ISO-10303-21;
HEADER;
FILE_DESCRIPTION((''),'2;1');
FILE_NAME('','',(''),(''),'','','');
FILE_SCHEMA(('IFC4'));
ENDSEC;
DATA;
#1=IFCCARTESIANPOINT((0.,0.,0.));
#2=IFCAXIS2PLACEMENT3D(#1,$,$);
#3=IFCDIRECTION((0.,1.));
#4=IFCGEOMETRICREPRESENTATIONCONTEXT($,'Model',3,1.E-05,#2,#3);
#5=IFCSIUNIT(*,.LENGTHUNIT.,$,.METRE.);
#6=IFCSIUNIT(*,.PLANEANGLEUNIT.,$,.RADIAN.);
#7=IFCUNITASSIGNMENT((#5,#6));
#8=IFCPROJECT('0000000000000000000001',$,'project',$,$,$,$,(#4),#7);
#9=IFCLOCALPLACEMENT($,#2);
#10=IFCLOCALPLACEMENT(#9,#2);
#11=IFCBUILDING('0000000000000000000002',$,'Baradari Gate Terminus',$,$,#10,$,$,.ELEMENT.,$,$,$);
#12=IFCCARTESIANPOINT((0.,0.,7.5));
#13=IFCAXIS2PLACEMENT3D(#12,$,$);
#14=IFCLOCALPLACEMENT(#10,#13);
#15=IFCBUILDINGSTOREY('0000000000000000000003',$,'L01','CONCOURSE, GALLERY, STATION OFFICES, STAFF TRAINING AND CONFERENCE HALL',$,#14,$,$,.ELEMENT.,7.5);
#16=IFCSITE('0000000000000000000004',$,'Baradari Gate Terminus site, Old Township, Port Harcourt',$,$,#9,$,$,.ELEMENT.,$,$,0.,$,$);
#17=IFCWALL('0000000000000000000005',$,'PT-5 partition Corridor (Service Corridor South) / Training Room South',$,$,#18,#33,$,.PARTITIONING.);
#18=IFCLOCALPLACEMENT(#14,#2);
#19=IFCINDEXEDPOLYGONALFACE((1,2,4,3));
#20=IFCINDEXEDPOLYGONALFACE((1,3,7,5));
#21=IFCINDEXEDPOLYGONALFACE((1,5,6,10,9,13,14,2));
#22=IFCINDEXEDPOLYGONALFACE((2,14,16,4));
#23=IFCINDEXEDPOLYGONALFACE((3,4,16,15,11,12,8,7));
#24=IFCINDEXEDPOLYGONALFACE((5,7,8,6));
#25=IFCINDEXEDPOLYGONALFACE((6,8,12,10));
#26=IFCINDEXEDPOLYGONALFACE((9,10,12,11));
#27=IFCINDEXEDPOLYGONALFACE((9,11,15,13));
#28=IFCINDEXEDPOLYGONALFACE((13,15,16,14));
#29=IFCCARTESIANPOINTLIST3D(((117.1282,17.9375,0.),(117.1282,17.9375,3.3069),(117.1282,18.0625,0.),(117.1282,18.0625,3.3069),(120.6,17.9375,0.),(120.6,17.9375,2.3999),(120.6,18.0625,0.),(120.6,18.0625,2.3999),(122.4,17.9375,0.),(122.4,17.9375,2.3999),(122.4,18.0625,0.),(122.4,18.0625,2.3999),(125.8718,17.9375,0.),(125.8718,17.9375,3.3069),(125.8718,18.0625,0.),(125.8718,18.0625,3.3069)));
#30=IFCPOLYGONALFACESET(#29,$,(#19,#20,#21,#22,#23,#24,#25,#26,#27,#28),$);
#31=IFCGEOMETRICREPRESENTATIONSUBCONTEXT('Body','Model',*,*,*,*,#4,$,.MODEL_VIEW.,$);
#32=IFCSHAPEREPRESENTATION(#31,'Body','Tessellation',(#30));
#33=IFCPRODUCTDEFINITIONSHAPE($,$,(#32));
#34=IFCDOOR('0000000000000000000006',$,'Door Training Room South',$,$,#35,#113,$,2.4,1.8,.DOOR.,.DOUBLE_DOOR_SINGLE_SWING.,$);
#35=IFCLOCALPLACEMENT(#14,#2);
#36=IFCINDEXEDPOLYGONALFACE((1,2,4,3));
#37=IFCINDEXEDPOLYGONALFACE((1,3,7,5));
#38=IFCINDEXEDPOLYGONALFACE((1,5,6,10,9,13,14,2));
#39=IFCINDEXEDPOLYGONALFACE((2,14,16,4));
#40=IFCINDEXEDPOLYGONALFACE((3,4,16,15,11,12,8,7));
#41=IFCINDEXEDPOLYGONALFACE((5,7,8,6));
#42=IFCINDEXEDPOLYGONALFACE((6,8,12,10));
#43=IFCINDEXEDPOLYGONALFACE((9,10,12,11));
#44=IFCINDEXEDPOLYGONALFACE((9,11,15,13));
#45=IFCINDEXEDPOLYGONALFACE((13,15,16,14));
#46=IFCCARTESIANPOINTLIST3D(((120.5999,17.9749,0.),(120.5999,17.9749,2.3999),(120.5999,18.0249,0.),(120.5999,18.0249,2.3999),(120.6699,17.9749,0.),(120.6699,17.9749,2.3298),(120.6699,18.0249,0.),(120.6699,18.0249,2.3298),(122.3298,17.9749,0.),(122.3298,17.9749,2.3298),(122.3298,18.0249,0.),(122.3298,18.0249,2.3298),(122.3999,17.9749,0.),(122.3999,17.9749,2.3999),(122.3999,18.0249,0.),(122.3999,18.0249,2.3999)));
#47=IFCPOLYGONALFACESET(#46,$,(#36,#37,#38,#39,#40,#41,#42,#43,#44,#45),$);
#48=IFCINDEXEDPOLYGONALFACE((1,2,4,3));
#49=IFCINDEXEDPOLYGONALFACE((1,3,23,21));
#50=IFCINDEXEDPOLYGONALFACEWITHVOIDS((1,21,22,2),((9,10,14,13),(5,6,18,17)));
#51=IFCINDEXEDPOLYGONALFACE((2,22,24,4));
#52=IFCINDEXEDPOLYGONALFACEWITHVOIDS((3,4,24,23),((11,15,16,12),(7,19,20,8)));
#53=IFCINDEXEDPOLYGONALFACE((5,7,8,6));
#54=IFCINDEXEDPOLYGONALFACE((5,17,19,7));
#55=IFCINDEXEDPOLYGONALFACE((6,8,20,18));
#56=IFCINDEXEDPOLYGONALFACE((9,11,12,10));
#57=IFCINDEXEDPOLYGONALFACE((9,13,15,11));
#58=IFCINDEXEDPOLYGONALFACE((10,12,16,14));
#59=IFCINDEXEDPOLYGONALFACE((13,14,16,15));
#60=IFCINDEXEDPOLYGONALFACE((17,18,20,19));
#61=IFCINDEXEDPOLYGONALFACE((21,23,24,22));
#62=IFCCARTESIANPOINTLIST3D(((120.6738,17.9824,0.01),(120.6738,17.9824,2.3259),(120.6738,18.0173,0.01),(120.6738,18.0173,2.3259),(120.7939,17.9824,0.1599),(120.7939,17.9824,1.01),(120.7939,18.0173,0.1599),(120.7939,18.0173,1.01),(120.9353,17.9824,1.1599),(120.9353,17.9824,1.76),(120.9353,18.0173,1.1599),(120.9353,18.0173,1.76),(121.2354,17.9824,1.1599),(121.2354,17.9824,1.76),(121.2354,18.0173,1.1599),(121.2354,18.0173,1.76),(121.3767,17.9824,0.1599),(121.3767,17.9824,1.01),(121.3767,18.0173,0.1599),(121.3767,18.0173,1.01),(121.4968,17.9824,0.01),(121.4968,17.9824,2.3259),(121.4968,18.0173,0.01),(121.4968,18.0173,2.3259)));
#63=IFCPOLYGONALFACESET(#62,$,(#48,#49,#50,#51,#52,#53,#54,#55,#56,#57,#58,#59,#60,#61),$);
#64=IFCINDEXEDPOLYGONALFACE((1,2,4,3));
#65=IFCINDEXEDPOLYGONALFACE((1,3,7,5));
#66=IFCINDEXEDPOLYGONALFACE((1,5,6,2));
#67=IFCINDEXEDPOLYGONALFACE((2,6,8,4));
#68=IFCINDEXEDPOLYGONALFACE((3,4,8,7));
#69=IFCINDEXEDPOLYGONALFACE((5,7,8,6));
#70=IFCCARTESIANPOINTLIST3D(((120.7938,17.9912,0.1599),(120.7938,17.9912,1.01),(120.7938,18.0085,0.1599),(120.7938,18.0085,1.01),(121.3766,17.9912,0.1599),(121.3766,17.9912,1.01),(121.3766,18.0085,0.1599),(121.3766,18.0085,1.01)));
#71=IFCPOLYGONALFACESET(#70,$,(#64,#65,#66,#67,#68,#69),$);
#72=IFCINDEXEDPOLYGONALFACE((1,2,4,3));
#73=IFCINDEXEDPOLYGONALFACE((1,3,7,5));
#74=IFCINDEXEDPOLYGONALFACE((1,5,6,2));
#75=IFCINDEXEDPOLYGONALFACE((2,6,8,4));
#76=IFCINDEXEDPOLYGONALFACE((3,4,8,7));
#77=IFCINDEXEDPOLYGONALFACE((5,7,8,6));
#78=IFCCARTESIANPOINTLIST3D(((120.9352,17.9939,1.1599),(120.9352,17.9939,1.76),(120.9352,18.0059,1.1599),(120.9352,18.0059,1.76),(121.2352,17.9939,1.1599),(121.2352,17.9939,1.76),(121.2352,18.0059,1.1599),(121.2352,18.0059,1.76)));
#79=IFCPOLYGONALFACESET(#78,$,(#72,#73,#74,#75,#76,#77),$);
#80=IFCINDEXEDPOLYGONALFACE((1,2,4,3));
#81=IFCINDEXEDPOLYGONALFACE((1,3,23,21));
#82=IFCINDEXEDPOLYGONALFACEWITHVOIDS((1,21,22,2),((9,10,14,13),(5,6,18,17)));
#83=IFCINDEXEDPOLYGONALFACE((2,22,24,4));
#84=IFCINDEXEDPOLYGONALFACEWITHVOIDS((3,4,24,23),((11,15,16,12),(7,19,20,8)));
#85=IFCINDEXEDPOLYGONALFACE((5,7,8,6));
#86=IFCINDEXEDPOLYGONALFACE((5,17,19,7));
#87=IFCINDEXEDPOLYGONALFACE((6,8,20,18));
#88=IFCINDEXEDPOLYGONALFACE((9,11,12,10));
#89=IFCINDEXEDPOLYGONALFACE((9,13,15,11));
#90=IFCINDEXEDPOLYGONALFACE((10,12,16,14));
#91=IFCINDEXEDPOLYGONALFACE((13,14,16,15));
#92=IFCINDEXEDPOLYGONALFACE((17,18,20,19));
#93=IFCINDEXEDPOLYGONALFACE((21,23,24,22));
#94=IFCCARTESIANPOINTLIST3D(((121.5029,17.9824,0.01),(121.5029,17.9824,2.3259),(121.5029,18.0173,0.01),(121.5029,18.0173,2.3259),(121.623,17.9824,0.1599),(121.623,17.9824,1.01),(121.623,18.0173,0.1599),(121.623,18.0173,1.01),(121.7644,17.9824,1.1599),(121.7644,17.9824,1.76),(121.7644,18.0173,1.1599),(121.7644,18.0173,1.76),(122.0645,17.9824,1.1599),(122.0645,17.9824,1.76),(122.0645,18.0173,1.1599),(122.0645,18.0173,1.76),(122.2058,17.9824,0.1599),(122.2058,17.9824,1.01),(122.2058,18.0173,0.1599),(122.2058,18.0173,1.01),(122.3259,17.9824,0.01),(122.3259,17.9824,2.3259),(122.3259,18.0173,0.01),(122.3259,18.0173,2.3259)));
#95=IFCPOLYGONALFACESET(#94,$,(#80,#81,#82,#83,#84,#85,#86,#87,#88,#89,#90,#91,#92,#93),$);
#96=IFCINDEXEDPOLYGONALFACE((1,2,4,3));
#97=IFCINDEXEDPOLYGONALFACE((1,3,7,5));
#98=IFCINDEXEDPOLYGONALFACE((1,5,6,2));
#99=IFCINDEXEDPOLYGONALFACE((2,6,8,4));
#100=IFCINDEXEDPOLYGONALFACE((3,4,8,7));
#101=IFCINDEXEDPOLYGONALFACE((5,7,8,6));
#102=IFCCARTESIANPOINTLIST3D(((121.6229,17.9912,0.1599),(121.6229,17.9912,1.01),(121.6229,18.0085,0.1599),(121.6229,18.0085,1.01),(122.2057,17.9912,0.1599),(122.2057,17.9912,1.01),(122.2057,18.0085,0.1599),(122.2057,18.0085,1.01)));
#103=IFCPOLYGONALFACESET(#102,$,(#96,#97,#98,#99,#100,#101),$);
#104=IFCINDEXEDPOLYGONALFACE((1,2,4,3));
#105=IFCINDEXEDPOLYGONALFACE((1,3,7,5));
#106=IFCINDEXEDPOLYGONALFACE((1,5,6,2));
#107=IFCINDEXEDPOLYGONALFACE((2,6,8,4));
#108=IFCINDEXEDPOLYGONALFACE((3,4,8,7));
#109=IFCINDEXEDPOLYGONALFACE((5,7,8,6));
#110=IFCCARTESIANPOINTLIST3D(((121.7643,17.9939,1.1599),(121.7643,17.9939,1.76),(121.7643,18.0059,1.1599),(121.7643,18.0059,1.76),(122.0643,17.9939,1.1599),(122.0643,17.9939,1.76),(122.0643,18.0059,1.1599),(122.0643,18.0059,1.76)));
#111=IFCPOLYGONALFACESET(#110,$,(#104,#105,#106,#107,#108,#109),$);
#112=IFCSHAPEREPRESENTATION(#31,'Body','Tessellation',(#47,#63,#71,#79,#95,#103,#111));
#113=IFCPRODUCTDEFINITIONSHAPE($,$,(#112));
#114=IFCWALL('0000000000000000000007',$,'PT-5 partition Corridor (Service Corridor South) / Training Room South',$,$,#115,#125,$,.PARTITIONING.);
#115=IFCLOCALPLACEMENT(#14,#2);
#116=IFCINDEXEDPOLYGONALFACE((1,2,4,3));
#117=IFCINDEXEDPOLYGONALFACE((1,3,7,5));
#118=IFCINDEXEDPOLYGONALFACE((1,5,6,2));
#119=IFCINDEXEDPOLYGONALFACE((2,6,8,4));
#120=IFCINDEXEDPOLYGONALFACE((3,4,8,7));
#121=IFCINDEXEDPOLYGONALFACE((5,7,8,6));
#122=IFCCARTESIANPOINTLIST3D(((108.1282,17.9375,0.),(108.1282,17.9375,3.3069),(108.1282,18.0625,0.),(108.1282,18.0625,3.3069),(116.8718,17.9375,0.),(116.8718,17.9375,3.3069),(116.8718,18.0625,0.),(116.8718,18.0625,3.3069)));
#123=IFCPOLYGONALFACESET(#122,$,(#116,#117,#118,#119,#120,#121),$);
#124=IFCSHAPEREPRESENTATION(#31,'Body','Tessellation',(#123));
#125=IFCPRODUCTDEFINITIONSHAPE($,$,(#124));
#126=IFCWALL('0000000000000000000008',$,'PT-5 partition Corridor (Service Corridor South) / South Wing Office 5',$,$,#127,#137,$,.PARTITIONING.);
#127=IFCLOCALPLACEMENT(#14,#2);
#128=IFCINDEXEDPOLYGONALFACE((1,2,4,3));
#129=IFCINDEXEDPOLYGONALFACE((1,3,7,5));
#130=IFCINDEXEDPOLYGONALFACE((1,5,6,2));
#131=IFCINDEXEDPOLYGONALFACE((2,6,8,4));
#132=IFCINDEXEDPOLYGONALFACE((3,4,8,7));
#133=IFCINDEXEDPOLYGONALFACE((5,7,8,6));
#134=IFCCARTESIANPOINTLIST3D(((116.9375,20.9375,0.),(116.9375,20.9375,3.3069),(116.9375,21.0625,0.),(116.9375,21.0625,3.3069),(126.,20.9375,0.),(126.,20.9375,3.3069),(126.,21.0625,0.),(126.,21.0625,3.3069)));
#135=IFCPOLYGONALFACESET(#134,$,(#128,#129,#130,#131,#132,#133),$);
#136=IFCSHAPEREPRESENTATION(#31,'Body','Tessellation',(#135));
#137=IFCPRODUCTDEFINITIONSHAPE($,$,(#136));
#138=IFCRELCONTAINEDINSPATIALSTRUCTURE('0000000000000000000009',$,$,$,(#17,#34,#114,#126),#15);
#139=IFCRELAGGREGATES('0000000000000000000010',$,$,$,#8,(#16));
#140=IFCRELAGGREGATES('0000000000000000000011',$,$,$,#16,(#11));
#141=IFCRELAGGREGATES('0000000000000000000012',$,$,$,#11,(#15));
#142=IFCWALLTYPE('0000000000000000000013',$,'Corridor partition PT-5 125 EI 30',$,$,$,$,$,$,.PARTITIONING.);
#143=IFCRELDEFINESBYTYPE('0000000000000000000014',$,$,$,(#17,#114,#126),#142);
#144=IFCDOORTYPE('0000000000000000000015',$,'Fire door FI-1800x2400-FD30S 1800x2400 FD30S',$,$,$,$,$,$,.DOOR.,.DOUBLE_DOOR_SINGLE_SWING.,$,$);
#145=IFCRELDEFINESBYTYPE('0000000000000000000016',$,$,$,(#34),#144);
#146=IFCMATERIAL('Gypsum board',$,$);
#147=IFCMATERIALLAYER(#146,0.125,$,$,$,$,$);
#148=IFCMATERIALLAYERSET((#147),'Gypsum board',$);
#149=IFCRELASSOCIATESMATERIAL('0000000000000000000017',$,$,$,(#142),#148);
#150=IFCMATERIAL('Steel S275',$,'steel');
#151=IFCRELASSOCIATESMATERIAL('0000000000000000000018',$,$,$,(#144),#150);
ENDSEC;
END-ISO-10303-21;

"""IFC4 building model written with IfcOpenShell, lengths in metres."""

from ifc_helpers import new_model, si_unit, direction, frame, frame_2d, origin, place, context, subcontext, project, spatial, polyline, rectangle, outline, extrude, material, layer, layer_set, type_object, element, fill, save


model = new_model("IFC4")

# Units and contexts
model_context = context("Model", 3, precision=1e-05, world=origin(), true_north=direction((0.0, 1.0)))
body_context = subcontext(model_context, "Body", "Model", "MODEL_VIEW")
ifc_project = project(units=[si_unit("LENGTHUNIT", "METRE"), si_unit("PLANEANGLEUNIT", "RADIAN")], contexts=[model_context])

# Site, building, storey
site_placement = place(None, origin())
site = spatial("IfcSite", under=ifc_project, at=site_placement, Name="Baradari Gate Terminus site, Old Township, Port Harcourt", CompositionType="ELEMENT", RefElevation=0.0)
building_placement = place(site_placement, origin())
building = spatial("IfcBuilding", under=site, at=building_placement, Name="Baradari Gate Terminus", CompositionType="ELEMENT")
storey_placement = place(building_placement, frame((0.0, 0.0, 7.5)))
storey = spatial("IfcBuildingStorey", under=building, at=storey_placement, Name="L01", Description="CONCOURSE, GALLERY, STATION OFFICES, STAFF TRAINING AND CONFERENCE HALL", CompositionType="ELEMENT", Elevation=7.5)

# Wall, opening, door
ifc_material_1 = material(Name="Gypsum board")
ifc_layer_1 = layer(ifc_material_1, 0.125)
ifc_layer_set_1 = layer_set([ifc_layer_1], Name="Gypsum board")
wall_type_1 = type_object("IfcWallType", Name="Corridor partition PT-5 125 EI 30", PredefinedType="PARTITIONING", material=ifc_layer_set_1)
wall_1_placement = place(storey_placement, frame((125.8718, 18.0, 0.0), z_axis=(0.0, 0.0, 1.0), x_axis=(-1.0, 0.0, 0.0)))
wall_1 = element("IfcWall", 1, at=wall_1_placement, inside=storey, type_object=wall_type_1, Name="PT-5 partition Corridor (Service Corridor South) / Training Room South", PredefinedType="PARTITIONING", context=body_context, shape_type="SweptSolid", body=[
    extrude(rectangle(XDim=8.7437, YDim=0.125, at=frame_2d((4.3718, 0.0))), origin(), (0.0, 0.0, 1.0), 3.3069),
])
opening_1_placement = place(wall_1_placement, frame((3.4719, 0.0, 0.0)))
opening_1 = element("IfcOpeningElement", 2, at=opening_1_placement, cuts=wall_1, PredefinedType="OPENING", context=body_context, shape_type="SweptSolid", body=[
    extrude(rectangle(XDim=1.8, YDim=2.3999, at=frame_2d((0.8999, 1.2))), frame((0.0, 0.0725, 0.0), z_axis=(0.0, -1.0, 0.0), x_axis=(1.0, 0.0, 0.0)), (0.0, 0.0, 1.0), 0.145),
])
ifc_material_2 = material(Name="Steel S275", Category="steel")
door_type = type_object("IfcDoorType", Name="Fire door FI-1800x2400-FD30S 1800x2400 FD30S", OperationType="DOUBLE_DOOR_SINGLE_SWING", PredefinedType="DOOR", material=ifc_material_2)
door_placement = place(opening_1_placement, frame((1.8, 0.0, 0.0), z_axis=(0.0, 0.0, 1.0), x_axis=(-1.0, 0.0, 0.0)))
door = element("IfcDoor", 3, at=door_placement, inside=storey, type_object=door_type, Name="Door Training Room South", OperationType="DOUBLE_DOOR_SINGLE_SWING", OverallHeight=2.4, OverallWidth=1.8, PredefinedType="DOOR", context=body_context, shape_type="SweptSolid", body=[
    extrude(outline(polyline([(0.0, 0.0), (0.0701, 0.0), (0.0701, 2.3298), (1.73, 2.3298), (1.73, 0.0), (1.8, 0.0), (1.8, 2.3999), (0.0, 2.3999), (0.0, 0.0)])), frame((0.0, 0.0249, 0.0), z_axis=(0.0, -1.0, 0.0), x_axis=(1.0, 0.0, 0.0)), (0.0, 0.0, 1.0), 0.05),
    extrude(outline(polyline([(0.074, 0.01), (0.897, 0.01), (0.897, 2.3259), (0.074, 2.3259), (0.074, 0.01)]), holes=[polyline([(0.1941, 0.1599), (0.7769, 0.1599), (0.7769, 1.01), (0.1941, 1.01), (0.1941, 0.1599)]), polyline([(0.3354, 1.1599), (0.6355, 1.1599), (0.6355, 1.76), (0.3354, 1.76), (0.3354, 1.1599)])]), frame((0.0, 0.0173, 0.0), z_axis=(0.0, -1.0, 0.0), x_axis=(1.0, 0.0, 0.0)), (0.0, 0.0, 1.0), 0.0349),
    extrude(rectangle(XDim=0.5828, YDim=0.8501, at=frame_2d((0.4854, 0.585))), frame((0.0, 0.0085, 0.0), z_axis=(0.0, -1.0, 0.0), x_axis=(1.0, 0.0, 0.0)), (0.0, 0.0, 1.0), 0.0173),
    extrude(rectangle(XDim=0.3, YDim=0.6001, at=frame_2d((0.4854, 1.46))), frame((0.0, 0.0059, 0.0), z_axis=(0.0, -1.0, 0.0), x_axis=(1.0, 0.0, 0.0)), (0.0, 0.0, 1.0), 0.012),
    extrude(outline(polyline([(0.9031, 0.01), (1.7261, 0.01), (1.7261, 2.3259), (0.9031, 2.3259), (0.9031, 0.01)]), holes=[polyline([(1.0232, 0.1599), (1.606, 0.1599), (1.606, 1.01), (1.0232, 1.01), (1.0232, 0.1599)]), polyline([(1.1646, 1.1599), (1.4646, 1.1599), (1.4646, 1.76), (1.1646, 1.76), (1.1646, 1.1599)])]), frame((0.0, 0.0173, 0.0), z_axis=(0.0, -1.0, 0.0), x_axis=(1.0, 0.0, 0.0)), (0.0, 0.0, 1.0), 0.0349),
    extrude(rectangle(XDim=0.5828, YDim=0.8501, at=frame_2d((1.3145, 0.585))), frame((0.0, 0.0085, 0.0), z_axis=(0.0, -1.0, 0.0), x_axis=(1.0, 0.0, 0.0)), (0.0, 0.0, 1.0), 0.0173),
    extrude(rectangle(XDim=0.3, YDim=0.6001, at=frame_2d((1.3145, 1.46))), frame((0.0, 0.0059, 0.0), z_axis=(0.0, -1.0, 0.0), x_axis=(1.0, 0.0, 0.0)), (0.0, 0.0, 1.0), 0.012),
])
fill(opening_1, door)

# Walls
wall_2_placement = place(storey_placement, frame((116.8718, 18.0, 0.0), z_axis=(0.0, 0.0, 1.0), x_axis=(-1.0, 0.0, 0.0)))
element("IfcWall", 4, at=wall_2_placement, inside=storey, type_object=wall_type_1, Name="PT-5 partition Corridor (Service Corridor South) / Training Room South", PredefinedType="PARTITIONING", context=body_context, shape_type="SweptSolid", body=[
    extrude(rectangle(XDim=8.7437, YDim=0.125, at=frame_2d((4.3718, 0.0))), origin(), (0.0, 0.0, 1.0), 3.3069),
])
wall_3_placement = place(storey_placement, frame((116.9375, 21.0, 0.0), z_axis=(0.0, 0.0, 1.0), x_axis=(1.0, 0.0, 0.0)))
element("IfcWall", 5, at=wall_3_placement, inside=storey, type_object=wall_type_1, Name="PT-5 partition Corridor (Service Corridor South) / South Wing Office 5", PredefinedType="PARTITIONING", context=body_context, shape_type="SweptSolid", body=[
    extrude(rectangle(XDim=9.0625, YDim=0.125, at=frame_2d((4.5312, 0.0))), origin(), (0.0, 0.0, 1.0), 3.3069),
])

save(model, "model.ifc")
